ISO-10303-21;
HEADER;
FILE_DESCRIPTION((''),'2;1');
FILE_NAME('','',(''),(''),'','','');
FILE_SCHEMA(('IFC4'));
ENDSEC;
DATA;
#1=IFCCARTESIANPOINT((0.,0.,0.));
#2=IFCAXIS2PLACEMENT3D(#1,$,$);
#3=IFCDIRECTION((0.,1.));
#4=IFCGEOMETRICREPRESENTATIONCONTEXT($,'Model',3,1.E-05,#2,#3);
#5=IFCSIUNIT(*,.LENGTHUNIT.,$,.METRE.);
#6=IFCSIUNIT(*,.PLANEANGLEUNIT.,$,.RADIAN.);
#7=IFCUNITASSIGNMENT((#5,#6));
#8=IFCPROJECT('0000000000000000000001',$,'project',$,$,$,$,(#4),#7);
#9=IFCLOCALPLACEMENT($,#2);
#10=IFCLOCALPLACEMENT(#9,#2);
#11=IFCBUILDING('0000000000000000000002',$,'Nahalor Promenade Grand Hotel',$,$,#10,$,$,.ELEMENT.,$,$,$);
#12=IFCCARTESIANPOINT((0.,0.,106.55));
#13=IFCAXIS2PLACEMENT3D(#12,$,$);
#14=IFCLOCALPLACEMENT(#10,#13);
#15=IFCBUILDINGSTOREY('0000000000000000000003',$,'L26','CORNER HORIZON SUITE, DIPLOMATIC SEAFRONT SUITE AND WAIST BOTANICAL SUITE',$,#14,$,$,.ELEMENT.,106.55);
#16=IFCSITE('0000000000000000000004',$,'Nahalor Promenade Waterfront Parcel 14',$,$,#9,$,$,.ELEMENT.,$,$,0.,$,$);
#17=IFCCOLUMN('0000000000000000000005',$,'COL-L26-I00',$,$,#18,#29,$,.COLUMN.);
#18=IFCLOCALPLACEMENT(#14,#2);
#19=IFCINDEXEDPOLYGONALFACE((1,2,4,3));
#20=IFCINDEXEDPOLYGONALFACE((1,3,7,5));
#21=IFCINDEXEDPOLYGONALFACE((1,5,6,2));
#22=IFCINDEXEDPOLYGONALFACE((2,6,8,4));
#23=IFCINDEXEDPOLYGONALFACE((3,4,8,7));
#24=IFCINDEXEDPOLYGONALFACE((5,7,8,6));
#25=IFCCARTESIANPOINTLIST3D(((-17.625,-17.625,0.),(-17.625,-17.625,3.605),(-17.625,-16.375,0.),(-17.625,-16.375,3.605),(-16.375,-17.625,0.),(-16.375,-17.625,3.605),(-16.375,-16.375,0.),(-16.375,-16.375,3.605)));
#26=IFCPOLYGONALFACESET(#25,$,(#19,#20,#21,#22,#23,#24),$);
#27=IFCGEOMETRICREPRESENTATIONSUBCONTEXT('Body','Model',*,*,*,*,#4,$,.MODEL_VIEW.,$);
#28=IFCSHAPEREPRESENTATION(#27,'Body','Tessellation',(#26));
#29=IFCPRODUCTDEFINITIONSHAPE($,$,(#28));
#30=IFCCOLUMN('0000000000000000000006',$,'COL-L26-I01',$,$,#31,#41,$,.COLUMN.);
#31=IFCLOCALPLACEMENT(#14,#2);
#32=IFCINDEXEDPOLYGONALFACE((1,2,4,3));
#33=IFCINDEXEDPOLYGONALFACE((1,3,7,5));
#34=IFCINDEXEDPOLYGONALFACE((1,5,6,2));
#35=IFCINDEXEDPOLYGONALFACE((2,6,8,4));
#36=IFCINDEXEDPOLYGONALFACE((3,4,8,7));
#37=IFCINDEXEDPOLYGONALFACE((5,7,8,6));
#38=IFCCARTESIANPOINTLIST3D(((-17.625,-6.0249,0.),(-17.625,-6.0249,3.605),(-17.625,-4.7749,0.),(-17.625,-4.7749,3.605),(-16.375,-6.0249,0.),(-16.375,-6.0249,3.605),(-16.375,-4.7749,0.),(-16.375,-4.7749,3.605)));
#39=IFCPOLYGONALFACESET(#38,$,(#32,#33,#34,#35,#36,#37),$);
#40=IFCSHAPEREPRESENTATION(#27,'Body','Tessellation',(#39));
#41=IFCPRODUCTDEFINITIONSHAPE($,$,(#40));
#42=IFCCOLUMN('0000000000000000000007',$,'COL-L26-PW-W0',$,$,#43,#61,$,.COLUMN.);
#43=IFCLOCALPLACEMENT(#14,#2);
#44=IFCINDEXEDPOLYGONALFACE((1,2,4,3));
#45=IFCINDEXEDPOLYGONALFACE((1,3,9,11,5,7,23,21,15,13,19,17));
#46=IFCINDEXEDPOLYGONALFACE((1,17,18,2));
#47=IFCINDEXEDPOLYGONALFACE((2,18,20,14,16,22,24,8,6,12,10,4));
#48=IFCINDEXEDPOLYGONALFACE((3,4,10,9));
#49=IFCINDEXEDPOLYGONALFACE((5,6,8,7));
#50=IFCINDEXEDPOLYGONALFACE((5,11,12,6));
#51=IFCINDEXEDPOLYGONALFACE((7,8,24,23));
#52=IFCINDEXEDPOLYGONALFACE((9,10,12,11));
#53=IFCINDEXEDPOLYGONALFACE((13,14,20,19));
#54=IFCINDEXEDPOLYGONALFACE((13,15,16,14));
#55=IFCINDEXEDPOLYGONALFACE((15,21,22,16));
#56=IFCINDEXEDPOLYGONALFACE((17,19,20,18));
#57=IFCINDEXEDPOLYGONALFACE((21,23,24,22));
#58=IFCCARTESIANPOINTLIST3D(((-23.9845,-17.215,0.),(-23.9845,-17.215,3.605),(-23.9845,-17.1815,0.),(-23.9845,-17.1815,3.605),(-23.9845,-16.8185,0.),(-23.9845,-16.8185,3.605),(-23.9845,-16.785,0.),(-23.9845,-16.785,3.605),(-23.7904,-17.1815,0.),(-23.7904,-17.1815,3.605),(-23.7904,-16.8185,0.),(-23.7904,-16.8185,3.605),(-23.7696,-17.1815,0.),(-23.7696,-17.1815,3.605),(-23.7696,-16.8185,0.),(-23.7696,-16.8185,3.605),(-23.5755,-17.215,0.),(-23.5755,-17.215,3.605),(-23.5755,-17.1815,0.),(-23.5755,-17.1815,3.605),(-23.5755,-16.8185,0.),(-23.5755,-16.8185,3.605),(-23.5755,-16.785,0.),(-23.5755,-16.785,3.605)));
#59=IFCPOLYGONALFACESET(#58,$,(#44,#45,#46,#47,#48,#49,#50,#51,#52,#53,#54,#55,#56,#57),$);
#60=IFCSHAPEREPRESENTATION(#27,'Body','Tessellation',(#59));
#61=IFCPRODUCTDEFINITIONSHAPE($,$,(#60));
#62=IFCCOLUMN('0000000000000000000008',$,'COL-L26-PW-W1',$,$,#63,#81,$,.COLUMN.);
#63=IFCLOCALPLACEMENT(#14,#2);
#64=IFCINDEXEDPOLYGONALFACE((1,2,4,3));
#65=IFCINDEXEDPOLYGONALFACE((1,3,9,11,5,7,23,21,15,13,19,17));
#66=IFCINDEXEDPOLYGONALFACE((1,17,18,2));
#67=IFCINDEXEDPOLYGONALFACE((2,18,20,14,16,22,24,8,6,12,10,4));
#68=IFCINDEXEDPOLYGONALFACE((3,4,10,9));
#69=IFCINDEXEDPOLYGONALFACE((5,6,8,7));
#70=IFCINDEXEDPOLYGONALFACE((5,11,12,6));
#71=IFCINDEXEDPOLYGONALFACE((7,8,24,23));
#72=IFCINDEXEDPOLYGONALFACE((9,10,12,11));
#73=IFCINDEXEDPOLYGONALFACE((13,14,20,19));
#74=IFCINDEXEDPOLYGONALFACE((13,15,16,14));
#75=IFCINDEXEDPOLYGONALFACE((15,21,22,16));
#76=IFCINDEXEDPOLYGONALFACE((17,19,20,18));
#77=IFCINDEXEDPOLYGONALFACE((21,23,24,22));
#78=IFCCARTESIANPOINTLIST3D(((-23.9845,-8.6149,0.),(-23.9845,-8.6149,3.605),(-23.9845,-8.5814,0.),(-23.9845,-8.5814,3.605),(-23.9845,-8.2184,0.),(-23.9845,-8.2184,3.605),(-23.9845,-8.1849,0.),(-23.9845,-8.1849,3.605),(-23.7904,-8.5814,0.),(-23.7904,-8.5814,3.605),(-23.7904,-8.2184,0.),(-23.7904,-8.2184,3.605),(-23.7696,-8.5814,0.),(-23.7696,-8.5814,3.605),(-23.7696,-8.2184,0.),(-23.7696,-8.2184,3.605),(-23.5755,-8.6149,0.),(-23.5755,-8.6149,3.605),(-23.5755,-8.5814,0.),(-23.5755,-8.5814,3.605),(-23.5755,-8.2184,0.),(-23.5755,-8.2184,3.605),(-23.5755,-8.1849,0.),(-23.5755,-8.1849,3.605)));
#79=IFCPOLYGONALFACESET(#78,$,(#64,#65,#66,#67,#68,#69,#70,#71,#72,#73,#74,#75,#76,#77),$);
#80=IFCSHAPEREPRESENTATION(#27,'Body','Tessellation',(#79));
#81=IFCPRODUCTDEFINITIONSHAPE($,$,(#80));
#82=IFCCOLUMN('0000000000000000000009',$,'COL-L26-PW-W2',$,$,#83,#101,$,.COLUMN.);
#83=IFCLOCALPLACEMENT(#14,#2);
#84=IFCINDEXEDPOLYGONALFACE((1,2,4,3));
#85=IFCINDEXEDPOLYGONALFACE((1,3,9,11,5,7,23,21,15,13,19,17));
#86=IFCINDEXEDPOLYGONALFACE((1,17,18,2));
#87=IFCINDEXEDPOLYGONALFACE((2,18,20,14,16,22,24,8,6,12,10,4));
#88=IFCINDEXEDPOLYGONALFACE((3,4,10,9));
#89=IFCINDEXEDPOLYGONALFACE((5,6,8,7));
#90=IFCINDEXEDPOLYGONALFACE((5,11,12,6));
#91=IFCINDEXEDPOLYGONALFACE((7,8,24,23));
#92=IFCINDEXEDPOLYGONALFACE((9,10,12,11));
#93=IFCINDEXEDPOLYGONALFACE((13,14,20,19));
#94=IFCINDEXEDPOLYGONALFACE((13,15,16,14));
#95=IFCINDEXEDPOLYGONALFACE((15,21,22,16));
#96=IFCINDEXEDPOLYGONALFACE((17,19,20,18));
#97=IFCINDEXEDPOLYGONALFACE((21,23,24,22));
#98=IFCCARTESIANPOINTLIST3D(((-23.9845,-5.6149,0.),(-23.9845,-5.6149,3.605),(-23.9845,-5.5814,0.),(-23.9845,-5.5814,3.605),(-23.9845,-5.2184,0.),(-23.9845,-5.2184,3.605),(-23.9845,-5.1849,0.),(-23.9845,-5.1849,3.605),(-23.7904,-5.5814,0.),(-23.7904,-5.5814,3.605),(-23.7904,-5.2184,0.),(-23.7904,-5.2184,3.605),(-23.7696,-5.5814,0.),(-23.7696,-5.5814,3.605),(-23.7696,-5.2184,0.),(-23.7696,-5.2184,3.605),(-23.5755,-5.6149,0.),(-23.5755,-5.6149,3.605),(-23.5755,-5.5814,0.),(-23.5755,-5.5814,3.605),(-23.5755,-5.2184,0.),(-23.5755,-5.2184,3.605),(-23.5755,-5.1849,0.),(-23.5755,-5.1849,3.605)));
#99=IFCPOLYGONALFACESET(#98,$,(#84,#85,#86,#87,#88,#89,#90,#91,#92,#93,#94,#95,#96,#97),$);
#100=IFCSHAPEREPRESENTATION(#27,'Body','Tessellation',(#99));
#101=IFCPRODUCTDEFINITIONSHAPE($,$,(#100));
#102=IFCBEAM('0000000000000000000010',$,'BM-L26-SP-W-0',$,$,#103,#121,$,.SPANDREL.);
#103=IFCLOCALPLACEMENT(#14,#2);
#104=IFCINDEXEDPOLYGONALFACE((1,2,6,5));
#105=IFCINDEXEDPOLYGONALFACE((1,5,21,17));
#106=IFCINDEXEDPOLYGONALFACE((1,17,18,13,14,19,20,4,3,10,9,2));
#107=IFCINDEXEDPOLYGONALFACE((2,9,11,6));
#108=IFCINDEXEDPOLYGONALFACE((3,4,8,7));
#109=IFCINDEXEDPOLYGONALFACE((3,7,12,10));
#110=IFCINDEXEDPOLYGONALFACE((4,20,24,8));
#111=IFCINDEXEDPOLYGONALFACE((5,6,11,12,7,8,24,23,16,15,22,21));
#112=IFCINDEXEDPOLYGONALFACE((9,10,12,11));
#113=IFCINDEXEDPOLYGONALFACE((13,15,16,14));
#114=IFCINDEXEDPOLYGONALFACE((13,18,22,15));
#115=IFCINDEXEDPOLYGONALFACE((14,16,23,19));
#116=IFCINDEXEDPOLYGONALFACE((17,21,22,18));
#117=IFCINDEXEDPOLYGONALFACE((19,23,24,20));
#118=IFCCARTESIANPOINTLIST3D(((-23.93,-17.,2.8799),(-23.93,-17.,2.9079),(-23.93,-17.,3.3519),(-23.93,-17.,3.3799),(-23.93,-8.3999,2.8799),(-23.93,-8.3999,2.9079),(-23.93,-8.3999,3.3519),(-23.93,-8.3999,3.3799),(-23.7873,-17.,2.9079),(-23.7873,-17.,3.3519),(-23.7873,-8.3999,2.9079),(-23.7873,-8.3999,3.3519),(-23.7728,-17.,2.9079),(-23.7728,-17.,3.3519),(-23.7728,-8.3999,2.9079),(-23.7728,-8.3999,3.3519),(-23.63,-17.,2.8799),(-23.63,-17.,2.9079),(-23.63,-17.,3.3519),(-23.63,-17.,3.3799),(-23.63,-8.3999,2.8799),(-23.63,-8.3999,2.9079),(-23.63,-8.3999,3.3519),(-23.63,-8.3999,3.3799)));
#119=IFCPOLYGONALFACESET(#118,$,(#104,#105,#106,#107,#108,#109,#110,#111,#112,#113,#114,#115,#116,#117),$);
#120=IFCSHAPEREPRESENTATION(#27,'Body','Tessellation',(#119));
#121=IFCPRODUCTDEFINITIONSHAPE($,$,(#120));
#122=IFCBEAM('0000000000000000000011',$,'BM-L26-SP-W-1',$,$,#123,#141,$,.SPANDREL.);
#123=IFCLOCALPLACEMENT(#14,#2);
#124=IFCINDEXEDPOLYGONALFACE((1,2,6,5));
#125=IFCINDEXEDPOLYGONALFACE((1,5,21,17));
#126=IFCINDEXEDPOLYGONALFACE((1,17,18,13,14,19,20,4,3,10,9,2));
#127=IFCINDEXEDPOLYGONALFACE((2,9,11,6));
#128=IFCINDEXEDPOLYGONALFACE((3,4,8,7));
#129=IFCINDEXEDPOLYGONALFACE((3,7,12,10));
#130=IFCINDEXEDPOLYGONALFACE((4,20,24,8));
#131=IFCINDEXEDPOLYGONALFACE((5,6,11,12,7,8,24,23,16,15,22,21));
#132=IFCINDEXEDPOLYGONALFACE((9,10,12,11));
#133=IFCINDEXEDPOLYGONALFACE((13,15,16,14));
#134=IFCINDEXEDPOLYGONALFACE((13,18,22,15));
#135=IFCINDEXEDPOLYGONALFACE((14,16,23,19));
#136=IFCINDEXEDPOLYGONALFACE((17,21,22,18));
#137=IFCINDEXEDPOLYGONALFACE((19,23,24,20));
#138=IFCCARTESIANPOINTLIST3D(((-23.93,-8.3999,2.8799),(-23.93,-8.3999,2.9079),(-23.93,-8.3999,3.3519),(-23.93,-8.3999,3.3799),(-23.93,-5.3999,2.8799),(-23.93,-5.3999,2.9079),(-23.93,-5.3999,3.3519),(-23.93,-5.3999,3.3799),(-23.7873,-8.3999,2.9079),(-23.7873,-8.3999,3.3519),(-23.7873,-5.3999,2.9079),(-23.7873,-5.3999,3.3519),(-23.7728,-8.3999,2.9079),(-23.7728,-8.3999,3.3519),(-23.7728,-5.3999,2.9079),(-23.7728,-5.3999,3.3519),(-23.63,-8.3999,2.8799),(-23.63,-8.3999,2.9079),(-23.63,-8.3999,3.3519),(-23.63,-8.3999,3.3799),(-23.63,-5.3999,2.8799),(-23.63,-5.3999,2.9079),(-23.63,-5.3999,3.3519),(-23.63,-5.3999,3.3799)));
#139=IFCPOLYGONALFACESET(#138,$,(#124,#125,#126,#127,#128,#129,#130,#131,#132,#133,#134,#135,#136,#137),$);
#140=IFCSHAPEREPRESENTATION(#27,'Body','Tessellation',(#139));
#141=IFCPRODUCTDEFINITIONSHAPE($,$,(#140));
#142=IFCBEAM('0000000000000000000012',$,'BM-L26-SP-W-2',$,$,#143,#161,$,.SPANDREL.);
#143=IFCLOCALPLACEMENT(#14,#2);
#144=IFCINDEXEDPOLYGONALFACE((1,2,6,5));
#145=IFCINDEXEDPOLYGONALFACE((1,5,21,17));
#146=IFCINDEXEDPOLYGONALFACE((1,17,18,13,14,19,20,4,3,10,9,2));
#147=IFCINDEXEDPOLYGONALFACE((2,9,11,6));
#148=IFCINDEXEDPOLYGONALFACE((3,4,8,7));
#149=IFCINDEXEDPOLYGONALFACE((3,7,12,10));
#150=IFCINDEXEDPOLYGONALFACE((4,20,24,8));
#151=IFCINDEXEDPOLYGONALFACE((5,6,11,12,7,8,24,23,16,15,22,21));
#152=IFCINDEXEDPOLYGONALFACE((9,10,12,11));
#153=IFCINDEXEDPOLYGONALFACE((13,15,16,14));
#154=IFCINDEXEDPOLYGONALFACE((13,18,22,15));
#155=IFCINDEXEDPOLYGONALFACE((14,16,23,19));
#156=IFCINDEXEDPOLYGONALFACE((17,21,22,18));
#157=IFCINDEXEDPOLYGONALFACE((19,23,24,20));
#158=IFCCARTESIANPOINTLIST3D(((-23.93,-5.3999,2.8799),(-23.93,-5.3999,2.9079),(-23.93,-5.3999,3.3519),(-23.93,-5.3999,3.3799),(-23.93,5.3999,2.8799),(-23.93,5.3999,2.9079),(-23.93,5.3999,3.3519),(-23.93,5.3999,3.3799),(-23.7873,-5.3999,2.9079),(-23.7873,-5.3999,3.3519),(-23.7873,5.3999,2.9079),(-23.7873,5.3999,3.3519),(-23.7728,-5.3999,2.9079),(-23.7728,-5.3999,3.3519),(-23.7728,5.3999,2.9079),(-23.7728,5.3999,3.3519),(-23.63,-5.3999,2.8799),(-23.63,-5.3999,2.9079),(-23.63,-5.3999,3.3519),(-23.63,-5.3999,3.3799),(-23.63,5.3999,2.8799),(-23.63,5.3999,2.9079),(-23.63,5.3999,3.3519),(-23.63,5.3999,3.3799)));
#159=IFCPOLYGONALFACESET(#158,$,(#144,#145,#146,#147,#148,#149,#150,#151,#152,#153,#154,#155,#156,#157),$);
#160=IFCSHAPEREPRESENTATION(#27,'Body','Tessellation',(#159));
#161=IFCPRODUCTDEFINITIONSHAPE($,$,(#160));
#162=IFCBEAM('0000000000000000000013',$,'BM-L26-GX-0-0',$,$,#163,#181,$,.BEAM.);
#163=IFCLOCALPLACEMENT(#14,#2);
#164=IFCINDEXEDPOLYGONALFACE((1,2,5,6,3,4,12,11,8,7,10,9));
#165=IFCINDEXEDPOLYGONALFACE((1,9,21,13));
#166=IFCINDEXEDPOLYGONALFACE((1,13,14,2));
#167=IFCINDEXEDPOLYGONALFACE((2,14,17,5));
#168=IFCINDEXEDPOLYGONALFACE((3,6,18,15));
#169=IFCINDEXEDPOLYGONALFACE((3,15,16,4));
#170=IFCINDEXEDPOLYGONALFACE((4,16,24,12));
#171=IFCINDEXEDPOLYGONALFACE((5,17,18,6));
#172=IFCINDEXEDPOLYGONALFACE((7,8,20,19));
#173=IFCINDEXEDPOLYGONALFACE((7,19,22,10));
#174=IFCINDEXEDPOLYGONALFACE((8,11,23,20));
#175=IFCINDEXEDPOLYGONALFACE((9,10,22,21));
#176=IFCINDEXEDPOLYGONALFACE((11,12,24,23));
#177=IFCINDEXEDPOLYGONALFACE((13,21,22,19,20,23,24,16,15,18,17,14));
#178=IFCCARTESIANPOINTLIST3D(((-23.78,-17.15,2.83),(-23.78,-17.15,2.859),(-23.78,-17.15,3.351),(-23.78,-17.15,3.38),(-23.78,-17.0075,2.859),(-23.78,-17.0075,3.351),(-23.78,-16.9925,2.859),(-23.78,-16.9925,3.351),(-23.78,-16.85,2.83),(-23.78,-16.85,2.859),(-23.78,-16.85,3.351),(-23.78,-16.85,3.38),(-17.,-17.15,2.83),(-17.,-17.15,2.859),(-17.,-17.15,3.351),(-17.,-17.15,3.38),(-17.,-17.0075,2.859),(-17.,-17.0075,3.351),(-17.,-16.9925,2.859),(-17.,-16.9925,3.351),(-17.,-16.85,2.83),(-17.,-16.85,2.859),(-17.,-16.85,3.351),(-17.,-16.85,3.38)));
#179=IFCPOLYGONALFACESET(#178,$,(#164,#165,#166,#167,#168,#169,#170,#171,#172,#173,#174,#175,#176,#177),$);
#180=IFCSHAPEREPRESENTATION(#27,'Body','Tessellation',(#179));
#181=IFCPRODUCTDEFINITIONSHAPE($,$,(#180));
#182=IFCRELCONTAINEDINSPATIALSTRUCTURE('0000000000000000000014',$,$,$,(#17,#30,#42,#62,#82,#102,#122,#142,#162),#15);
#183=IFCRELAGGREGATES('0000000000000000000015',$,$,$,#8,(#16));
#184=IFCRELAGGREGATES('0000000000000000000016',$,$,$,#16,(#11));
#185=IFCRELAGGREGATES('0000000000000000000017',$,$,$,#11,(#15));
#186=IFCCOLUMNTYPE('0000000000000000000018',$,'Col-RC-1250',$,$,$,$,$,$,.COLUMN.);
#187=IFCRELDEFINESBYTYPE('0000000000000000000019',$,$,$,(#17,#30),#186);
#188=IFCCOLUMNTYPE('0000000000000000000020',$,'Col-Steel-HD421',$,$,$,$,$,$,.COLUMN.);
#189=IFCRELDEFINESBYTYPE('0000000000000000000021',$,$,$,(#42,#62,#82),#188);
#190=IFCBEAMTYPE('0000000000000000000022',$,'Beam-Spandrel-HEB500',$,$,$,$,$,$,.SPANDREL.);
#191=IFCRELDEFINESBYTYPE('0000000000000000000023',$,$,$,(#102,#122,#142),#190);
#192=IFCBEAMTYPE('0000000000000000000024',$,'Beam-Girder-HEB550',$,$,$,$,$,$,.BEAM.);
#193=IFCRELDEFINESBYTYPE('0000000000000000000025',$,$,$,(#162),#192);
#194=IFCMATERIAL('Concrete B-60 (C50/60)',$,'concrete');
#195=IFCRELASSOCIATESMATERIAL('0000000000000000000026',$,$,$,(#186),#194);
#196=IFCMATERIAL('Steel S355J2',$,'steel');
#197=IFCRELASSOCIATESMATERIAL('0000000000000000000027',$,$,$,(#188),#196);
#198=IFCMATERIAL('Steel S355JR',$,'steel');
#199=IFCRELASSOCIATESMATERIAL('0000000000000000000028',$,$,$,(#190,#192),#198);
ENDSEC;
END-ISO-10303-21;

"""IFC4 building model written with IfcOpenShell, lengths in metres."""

from ifc_helpers import new_model, si_unit, direction, frame, origin, origin_2d, place, context, subcontext, project, spatial, rectangle, i_section, extrude, source, transform, mapped, material, material_profile, profile_set, type_object, element, save


model = new_model("IFC4")

# Units and contexts
model_context = context("Model", 3, precision=1e-05, world=origin(), true_north=direction((0.0, 1.0)))
body_context = subcontext(model_context, "Body", "Model", "MODEL_VIEW")
ifc_project = project(units=[si_unit("LENGTHUNIT", "METRE"), si_unit("PLANEANGLEUNIT", "RADIAN")], contexts=[model_context])

# Site, building, storey
site_placement = place(None, origin())
site = spatial("IfcSite", under=ifc_project, at=site_placement, Name="Nahalor Promenade Waterfront Parcel 14", CompositionType="ELEMENT", RefElevation=0.0)
building_placement = place(site_placement, origin())
building = spatial("IfcBuilding", under=site, at=building_placement, Name="Nahalor Promenade Grand Hotel", CompositionType="ELEMENT")
storey_placement = place(building_placement, frame((0.0, 0.0, 106.55)))
storey = spatial("IfcBuildingStorey", under=building, at=storey_placement, Name="L26", Description="CORNER HORIZON SUITE, DIPLOMATIC SEAFRONT SUITE AND WAIST BOTANICAL SUITE", CompositionType="ELEMENT", Elevation=106.55)

# Columns
ifc_material_1 = material(Name="Concrete B-60 (C50/60)", Category="concrete")
ifc_material_profile_1 = material_profile(ifc_material_1, rectangle(XDim=1.25, YDim=1.25, at=origin_2d()), Name="RC 1250x1250")
ifc_profile_set_1 = profile_set([ifc_material_profile_1], Name="Concrete B-60 (C50/60)")
column_type_1 = type_object("IfcColumnType", Name="Col-RC-1250", PredefinedType="COLUMN", material=ifc_profile_set_1)
shared_shape_1 = source(origin(), body_context, "Body", "SweptSolid", [
    extrude(rectangle(XDim=1.25, YDim=1.25, at=origin_2d()), origin(), (0.0, 0.0, 1.0), 3.605),
])
for number, where, z_axis, x_axis, name in (
    (1, (-17.0, -17.0, 0.0), (0.0, 0.0, 1.0), (1.0, 0.0, 0.0), "COL-L26-I00"),
    (2, (-17.0, -5.3999, 0.0), (0.0, 0.0, 1.0), (1.0, 0.0, 0.0), "COL-L26-I01"),
):
    element("IfcColumn", number, at=place(storey_placement, frame(where, z_axis=z_axis, x_axis=x_axis)), inside=storey, type_object=column_type_1, Name=name, PredefinedType="COLUMN", context=body_context, shape_type="MappedRepresentation", body=[
        mapped(shared_shape_1, transform((0.0, 0.0, 0.0), scale=1.0)),
    ])
ifc_material_2 = material(Name="Steel S355J2", Category="steel")
ifc_material_profile_2 = material_profile(ifc_material_2, i_section(OverallWidth=0.409, OverallDepth=0.43, WebThickness=0.0208, FlangeThickness=0.0335, at=origin_2d()), Name="HD 400x421")
ifc_profile_set_2 = profile_set([ifc_material_profile_2], Name="Steel S355J2")
column_type_2 = type_object("IfcColumnType", Name="Col-Steel-HD421", PredefinedType="COLUMN", material=ifc_profile_set_2)
shared_shape_2 = source(origin(), body_context, "Body", "SweptSolid", [
    extrude(i_section(OverallWidth=0.409, OverallDepth=0.43, WebThickness=0.0208, FlangeThickness=0.0335, at=origin_2d()), origin(), (0.0, 0.0, 1.0), 3.605),
])
for number, where, z_axis, x_axis, name in (
    (3, (-23.78, -17.0, 0.0), (0.0, 0.0, 1.0), (1.0, 0.0, 0.0), "COL-L26-PW-W0"),
    (4, (-23.78, -8.3999, 0.0), (0.0, 0.0, 1.0), (1.0, 0.0, 0.0), "COL-L26-PW-W1"),
    (5, (-23.78, -5.3999, 0.0), (0.0, 0.0, 1.0), (1.0, 0.0, 0.0), "COL-L26-PW-W2"),
):
    element("IfcColumn", number, at=place(storey_placement, frame(where, z_axis=z_axis, x_axis=x_axis)), inside=storey, type_object=column_type_2, Name=name, PredefinedType="COLUMN", context=body_context, shape_type="MappedRepresentation", body=[
        mapped(shared_shape_2, transform((0.0, 0.0, 0.0), scale=1.0)),
    ])

# Beams
ifc_material_3 = material(Name="Steel S355JR", Category="steel")
ifc_material_profile_3 = material_profile(ifc_material_3, i_section(OverallWidth=0.3, OverallDepth=0.5, WebThickness=0.0145, FlangeThickness=0.028, at=origin_2d()), Name="HEB 500")
ifc_profile_set_3 = profile_set([ifc_material_profile_3], Name="Steel S355JR")
beam_type_1 = type_object("IfcBeamType", Name="Beam-Spandrel-HEB500", PredefinedType="SPANDREL", material=ifc_profile_set_3)
shared_shape_3 = source(origin(), body_context, "Body", "SweptSolid", [
    extrude(i_section(OverallWidth=0.3, OverallDepth=0.5, WebThickness=0.0145, FlangeThickness=0.028, at=origin_2d()), origin(), (0.0, 0.0, 1.0), 8.6001),
])
beam_1_placement = place(storey_placement, frame((-23.78, -17.0, 3.1299), z_axis=(0.0, 1.0, 0.0), x_axis=(-1.0, 0.0, 0.0)))
element("IfcBeam", 6, at=beam_1_placement, inside=storey, type_object=beam_type_1, Name="BM-L26-SP-W-0", PredefinedType="SPANDREL", context=body_context, shape_type="MappedRepresentation", body=[
    mapped(shared_shape_3, transform((0.0, 0.0, 0.0), scale=1.0)),
])
shared_shape_4 = source(origin(), body_context, "Body", "SweptSolid", [
    extrude(i_section(OverallWidth=0.3, OverallDepth=0.5, WebThickness=0.0145, FlangeThickness=0.028, at=origin_2d()), origin(), (0.0, 0.0, 1.0), 3.0),
])
beam_2_placement = place(storey_placement, frame((-23.78, -8.3999, 3.1299), z_axis=(0.0, 1.0, 0.0), x_axis=(-1.0, 0.0, 0.0)))
element("IfcBeam", 7, at=beam_2_placement, inside=storey, type_object=beam_type_1, Name="BM-L26-SP-W-1", PredefinedType="SPANDREL", context=body_context, shape_type="MappedRepresentation", body=[
    mapped(shared_shape_4, transform((0.0, 0.0, 0.0), scale=1.0)),
])
shared_shape_5 = source(origin(), body_context, "Body", "SweptSolid", [
    extrude(i_section(OverallWidth=0.3, OverallDepth=0.5, WebThickness=0.0145, FlangeThickness=0.028, at=origin_2d()), origin(), (0.0, 0.0, 1.0), 10.7998),
])
beam_3_placement = place(storey_placement, frame((-23.78, -5.3999, 3.1299), z_axis=(0.0, 1.0, 0.0), x_axis=(-1.0, 0.0, 0.0)))
element("IfcBeam", 8, at=beam_3_placement, inside=storey, type_object=beam_type_1, Name="BM-L26-SP-W-2", PredefinedType="SPANDREL", context=body_context, shape_type="MappedRepresentation", body=[
    mapped(shared_shape_5, transform((0.0, 0.0, 0.0), scale=1.0)),
])
ifc_material_profile_4 = material_profile(ifc_material_3, i_section(OverallWidth=0.3, OverallDepth=0.55, WebThickness=0.015, FlangeThickness=0.029, at=origin_2d()), Name="HEB 550")
ifc_profile_set_4 = profile_set([ifc_material_profile_4], Name="Steel S355JR")
beam_type_2 = type_object("IfcBeamType", Name="Beam-Girder-HEB550", PredefinedType="BEAM", material=ifc_profile_set_4)
shared_shape_6 = source(origin(), body_context, "Body", "SweptSolid", [
    extrude(i_section(OverallWidth=0.3, OverallDepth=0.55, WebThickness=0.015, FlangeThickness=0.029, at=origin_2d()), origin(), (0.0, 0.0, 1.0), 6.78),
])
for number, where, z_axis, x_axis, name in (
    (9, (-23.78, -17.0, 3.105), (1.0, 0.0, 0.0), (0.0, 1.0, 0.0), "BM-L26-GX-0-0"),
):
    element("IfcBeam", number, at=place(storey_placement, frame(where, z_axis=z_axis, x_axis=x_axis)), inside=storey, type_object=beam_type_2, Name=name, PredefinedType="BEAM", context=body_context, shape_type="MappedRepresentation", body=[
        mapped(shared_shape_6, transform((0.0, 0.0, 0.0), scale=1.0)),
    ])

save(model, "model.ifc")
